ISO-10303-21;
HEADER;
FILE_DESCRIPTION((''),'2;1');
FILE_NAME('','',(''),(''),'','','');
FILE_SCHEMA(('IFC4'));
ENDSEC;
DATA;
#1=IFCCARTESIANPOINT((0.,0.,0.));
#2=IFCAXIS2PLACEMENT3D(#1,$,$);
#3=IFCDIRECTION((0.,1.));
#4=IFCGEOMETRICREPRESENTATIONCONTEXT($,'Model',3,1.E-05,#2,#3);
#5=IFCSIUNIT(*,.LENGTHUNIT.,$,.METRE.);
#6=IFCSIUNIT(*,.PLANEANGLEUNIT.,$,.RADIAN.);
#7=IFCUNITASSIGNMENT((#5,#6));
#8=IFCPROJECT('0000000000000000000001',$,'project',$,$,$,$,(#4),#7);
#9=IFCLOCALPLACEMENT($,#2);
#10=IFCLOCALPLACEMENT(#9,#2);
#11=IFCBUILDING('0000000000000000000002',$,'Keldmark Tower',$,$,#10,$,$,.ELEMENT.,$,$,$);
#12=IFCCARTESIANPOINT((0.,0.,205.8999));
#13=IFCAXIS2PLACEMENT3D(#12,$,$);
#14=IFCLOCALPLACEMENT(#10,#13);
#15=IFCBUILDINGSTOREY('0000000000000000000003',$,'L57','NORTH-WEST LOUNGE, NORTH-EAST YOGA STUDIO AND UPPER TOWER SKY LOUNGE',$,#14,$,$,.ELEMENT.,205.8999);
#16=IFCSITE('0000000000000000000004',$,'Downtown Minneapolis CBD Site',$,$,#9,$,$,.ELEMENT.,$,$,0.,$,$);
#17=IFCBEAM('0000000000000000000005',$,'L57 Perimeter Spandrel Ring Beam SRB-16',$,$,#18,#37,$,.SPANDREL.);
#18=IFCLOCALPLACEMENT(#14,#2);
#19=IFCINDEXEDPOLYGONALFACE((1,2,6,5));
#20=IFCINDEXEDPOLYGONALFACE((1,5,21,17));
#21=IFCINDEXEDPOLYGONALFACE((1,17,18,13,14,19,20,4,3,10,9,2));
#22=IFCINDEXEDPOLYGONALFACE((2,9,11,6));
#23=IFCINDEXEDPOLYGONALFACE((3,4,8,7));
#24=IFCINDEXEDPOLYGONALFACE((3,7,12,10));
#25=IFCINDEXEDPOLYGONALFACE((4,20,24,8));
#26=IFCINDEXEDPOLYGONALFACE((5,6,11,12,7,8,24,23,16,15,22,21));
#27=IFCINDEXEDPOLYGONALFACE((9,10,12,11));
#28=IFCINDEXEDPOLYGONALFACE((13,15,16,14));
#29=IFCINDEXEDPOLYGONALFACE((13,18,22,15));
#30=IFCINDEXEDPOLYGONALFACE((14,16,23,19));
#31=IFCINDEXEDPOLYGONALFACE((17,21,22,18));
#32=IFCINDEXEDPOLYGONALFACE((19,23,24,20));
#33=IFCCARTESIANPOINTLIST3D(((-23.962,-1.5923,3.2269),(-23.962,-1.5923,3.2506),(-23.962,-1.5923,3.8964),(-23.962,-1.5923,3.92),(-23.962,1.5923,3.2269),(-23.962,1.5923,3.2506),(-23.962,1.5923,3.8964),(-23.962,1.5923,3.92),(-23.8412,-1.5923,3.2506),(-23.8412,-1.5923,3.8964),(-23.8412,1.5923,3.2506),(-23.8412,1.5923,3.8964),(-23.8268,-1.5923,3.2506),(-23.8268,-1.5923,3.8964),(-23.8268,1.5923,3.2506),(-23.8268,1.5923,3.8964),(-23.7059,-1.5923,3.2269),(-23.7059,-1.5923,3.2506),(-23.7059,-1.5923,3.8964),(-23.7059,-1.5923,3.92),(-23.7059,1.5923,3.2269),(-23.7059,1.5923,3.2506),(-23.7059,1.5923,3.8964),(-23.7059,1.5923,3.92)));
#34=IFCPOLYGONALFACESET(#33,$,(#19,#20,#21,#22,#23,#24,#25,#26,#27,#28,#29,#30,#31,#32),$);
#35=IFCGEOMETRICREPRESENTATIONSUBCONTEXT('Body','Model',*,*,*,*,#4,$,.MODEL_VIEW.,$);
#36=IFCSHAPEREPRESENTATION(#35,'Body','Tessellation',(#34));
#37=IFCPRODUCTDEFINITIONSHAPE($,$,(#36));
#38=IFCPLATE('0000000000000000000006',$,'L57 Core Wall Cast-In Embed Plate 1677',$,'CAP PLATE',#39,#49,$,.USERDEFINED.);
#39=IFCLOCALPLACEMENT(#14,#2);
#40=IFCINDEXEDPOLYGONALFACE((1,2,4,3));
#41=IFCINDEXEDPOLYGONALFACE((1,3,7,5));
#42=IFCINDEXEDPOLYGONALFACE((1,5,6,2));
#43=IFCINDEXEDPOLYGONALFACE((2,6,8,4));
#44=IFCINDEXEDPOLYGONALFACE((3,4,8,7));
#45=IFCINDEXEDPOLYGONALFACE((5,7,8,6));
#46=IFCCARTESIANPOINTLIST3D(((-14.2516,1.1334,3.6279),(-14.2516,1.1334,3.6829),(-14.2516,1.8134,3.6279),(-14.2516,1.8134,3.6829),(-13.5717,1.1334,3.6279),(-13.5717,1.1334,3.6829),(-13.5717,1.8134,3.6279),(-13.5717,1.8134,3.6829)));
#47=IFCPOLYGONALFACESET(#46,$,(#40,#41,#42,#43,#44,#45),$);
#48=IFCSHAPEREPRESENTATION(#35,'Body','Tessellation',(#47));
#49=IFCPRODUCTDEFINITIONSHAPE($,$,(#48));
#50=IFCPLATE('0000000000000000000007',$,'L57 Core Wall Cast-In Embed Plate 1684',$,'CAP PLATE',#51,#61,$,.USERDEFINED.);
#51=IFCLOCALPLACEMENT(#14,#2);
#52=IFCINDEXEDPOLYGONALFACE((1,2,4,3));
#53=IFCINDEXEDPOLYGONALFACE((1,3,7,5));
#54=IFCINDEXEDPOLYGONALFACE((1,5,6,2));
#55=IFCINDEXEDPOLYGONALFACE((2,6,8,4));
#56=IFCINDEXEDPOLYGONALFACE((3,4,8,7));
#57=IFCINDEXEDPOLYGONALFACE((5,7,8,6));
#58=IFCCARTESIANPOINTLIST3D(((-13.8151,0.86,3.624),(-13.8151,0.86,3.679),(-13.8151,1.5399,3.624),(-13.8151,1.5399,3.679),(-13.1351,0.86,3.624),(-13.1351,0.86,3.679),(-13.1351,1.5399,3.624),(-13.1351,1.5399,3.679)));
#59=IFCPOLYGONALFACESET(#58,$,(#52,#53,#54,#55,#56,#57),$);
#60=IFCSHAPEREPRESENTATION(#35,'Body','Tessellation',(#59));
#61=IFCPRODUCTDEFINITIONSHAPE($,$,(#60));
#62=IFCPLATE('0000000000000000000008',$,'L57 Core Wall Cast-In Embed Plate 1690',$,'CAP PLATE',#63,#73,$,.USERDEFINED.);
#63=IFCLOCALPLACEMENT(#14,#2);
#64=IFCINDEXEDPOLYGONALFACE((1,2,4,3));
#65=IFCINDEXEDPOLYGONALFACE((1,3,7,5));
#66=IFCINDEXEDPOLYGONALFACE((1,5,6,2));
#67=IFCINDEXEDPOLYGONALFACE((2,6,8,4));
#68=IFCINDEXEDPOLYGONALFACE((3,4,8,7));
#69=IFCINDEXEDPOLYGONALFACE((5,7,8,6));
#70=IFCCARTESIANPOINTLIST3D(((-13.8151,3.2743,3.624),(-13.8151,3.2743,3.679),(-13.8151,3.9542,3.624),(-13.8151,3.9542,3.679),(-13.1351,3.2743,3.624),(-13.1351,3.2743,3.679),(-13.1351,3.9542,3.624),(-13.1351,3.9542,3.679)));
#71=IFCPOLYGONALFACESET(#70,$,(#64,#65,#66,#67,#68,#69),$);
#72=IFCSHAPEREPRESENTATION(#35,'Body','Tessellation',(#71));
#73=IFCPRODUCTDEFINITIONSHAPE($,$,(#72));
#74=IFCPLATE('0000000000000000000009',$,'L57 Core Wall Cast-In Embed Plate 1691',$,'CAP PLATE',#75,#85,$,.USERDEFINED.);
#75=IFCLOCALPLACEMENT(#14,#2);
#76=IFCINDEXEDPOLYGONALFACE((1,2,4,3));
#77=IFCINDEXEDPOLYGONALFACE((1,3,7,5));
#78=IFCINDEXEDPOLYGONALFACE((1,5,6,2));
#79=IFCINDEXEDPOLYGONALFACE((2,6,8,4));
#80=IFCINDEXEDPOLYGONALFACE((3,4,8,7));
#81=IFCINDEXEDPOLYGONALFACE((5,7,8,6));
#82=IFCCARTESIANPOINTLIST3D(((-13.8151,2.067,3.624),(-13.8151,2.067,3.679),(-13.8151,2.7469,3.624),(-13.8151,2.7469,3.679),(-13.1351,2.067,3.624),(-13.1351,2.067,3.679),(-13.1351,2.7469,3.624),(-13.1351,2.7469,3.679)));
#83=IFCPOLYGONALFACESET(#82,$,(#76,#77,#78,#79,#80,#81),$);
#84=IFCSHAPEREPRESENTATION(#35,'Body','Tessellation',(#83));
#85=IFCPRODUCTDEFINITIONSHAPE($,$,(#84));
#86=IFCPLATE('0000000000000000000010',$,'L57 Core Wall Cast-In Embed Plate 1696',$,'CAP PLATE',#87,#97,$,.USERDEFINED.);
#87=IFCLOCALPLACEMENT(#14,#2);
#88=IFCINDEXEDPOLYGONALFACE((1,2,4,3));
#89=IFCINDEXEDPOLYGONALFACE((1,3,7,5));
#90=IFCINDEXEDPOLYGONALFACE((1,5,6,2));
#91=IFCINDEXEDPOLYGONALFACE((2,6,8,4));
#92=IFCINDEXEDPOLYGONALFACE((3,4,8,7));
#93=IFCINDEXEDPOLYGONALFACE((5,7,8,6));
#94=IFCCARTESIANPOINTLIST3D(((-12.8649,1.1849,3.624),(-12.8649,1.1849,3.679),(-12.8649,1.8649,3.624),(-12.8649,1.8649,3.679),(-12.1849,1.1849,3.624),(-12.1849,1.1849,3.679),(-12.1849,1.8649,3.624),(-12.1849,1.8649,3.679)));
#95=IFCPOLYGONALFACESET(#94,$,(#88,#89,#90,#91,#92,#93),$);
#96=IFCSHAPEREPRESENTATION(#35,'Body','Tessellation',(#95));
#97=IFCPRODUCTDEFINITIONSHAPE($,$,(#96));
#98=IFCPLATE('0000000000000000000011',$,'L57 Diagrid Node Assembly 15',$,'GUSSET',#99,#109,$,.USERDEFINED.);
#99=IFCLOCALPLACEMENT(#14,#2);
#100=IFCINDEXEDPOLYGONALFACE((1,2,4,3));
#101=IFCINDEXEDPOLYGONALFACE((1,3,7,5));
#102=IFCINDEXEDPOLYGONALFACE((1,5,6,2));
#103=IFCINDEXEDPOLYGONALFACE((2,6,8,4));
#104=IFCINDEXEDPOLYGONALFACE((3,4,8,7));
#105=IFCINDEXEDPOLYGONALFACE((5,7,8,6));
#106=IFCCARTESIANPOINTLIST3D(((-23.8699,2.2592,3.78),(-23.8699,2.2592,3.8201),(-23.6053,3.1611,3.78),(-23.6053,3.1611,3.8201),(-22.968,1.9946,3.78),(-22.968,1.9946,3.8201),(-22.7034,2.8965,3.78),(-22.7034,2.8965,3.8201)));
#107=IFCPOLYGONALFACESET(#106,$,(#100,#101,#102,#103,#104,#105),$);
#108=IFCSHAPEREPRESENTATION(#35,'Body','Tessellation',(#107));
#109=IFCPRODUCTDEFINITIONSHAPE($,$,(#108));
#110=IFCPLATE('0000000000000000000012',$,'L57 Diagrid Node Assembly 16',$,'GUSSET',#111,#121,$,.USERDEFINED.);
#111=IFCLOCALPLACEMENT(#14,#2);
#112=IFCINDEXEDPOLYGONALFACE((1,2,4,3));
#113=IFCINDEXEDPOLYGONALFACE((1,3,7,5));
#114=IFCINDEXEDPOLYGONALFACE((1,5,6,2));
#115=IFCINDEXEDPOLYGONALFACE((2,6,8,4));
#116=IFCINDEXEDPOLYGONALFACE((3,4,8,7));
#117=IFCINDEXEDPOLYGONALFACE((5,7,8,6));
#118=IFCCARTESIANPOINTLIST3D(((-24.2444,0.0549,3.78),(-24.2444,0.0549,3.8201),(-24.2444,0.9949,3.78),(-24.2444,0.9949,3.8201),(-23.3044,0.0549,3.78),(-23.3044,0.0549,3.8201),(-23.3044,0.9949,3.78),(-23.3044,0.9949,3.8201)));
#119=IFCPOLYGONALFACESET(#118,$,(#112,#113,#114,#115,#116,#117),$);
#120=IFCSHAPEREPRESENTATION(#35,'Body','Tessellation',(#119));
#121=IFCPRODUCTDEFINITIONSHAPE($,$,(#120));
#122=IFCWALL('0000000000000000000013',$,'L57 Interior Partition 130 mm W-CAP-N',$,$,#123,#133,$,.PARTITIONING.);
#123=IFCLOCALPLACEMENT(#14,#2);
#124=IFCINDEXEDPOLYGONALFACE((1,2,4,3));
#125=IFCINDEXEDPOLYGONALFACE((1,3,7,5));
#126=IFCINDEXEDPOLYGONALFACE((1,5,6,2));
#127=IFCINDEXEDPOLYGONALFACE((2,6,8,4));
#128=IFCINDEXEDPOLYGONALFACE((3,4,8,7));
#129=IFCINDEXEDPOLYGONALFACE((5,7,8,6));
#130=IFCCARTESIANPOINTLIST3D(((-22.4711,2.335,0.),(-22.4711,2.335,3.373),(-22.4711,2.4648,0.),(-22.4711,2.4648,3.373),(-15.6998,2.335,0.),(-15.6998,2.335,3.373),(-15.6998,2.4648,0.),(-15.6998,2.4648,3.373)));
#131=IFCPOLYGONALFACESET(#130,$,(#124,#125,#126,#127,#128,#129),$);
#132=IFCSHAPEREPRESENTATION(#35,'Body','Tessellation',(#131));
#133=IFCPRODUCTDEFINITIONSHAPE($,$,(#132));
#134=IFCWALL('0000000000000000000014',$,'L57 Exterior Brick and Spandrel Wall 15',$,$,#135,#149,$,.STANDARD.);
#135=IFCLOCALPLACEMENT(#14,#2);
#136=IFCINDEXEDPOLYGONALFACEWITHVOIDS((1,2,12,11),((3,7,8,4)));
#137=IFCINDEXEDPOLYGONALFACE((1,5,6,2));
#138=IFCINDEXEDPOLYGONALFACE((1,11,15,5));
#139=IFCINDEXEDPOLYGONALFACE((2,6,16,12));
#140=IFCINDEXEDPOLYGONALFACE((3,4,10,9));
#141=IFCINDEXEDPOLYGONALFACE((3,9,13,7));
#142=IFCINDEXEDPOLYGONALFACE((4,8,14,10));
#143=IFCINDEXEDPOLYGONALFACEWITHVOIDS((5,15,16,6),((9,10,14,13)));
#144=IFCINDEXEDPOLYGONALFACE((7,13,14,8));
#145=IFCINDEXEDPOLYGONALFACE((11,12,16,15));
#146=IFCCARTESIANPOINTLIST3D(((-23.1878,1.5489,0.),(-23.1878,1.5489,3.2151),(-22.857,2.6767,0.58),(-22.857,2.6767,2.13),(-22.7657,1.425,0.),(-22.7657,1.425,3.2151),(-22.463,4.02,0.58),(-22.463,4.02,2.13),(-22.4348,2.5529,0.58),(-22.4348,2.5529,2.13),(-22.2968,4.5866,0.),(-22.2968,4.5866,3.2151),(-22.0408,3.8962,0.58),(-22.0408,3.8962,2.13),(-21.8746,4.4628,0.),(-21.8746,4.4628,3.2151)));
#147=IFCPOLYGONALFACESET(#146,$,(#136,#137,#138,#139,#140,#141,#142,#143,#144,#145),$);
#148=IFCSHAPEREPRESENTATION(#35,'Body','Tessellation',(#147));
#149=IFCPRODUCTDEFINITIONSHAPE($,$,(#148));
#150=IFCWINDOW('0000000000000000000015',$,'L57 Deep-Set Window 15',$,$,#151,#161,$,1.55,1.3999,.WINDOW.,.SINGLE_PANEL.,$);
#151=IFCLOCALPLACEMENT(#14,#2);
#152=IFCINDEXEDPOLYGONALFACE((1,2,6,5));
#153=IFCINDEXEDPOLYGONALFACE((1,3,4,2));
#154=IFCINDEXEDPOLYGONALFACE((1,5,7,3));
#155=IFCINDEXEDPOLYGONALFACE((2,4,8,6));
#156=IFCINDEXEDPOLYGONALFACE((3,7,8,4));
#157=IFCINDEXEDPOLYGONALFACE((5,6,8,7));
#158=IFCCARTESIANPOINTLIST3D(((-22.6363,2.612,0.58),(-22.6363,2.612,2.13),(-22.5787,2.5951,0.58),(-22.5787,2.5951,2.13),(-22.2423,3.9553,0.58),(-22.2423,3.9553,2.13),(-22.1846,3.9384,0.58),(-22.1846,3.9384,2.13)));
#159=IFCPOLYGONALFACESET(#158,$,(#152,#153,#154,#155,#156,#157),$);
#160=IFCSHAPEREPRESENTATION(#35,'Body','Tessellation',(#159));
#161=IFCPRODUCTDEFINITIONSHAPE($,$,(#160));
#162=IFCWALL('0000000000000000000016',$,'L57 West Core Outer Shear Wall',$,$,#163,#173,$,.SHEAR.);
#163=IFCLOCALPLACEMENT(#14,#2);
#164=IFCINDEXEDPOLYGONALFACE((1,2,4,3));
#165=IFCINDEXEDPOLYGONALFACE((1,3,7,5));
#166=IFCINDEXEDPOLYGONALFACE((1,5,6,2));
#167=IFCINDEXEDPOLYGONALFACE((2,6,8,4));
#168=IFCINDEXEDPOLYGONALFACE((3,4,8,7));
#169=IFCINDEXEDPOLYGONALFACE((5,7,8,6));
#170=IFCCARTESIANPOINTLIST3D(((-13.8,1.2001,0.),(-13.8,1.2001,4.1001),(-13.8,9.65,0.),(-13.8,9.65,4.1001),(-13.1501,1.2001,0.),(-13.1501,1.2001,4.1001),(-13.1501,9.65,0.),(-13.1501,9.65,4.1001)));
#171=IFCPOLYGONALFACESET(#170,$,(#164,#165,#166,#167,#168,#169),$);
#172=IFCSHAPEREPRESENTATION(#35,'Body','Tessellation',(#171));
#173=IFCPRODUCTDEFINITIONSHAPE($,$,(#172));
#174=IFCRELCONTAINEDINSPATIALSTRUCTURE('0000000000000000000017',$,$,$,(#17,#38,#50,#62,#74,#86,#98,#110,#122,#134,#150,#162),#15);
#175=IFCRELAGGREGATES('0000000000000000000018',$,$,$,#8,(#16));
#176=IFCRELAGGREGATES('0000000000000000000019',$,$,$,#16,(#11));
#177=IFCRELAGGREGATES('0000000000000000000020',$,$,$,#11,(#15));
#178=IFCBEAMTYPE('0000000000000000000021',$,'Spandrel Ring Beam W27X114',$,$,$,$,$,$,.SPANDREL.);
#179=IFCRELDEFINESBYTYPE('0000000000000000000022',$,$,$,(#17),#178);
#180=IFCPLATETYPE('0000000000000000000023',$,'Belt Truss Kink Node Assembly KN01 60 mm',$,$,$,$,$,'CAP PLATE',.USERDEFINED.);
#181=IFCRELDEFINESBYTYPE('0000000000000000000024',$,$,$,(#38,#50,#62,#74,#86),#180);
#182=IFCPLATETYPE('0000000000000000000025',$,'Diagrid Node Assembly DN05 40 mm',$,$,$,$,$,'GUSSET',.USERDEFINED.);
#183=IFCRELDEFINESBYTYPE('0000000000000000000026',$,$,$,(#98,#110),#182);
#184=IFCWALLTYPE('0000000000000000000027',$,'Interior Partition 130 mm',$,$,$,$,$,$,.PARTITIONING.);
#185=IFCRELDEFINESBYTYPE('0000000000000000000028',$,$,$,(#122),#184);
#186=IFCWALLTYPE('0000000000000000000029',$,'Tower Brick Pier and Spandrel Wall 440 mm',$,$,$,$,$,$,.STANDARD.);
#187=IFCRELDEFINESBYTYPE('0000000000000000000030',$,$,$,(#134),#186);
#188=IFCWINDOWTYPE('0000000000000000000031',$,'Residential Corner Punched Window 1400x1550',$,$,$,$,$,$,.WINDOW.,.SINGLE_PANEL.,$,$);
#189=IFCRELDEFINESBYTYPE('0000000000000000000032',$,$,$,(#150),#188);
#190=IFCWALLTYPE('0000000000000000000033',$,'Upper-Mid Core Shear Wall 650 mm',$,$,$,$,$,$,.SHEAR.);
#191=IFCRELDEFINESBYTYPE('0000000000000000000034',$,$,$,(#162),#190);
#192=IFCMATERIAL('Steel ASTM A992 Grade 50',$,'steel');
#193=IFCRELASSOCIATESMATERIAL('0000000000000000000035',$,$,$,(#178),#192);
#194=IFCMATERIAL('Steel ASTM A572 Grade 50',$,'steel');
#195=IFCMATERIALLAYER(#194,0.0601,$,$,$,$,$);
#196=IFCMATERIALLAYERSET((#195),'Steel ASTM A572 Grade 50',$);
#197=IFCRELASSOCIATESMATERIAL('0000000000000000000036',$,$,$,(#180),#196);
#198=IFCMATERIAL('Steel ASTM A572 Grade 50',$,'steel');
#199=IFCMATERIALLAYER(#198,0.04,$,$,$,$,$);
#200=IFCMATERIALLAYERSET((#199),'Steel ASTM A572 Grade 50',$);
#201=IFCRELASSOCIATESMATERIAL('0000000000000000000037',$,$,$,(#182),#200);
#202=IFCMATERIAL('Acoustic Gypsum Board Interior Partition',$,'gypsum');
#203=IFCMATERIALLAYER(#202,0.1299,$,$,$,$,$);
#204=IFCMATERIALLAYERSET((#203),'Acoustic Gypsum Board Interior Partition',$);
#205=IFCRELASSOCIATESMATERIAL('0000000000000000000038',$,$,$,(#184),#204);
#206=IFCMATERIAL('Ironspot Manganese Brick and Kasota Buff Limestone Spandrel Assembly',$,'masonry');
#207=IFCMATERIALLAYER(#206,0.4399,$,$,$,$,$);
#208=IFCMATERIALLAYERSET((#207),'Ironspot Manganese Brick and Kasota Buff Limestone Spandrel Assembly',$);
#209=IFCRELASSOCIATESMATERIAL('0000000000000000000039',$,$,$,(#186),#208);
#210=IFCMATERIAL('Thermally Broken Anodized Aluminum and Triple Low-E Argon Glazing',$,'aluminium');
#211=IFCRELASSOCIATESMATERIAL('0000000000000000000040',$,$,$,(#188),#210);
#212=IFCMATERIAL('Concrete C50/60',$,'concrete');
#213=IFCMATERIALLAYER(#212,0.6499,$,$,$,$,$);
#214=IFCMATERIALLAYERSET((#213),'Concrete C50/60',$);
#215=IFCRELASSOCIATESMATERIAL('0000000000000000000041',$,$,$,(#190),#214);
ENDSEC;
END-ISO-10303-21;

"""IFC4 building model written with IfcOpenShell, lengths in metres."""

from ifc_helpers import new_model, si_unit, direction, frame, frame_2d, origin, origin_2d, place, context, subcontext, project, spatial, rectangle, i_section, extrude, material, layer, layer_set, material_profile, profile_set, type_object, element, fill, save


model = new_model("IFC4")

# Units and contexts
model_context = context("Model", 3, precision=1e-05, world=origin(), true_north=direction((0.0, 1.0)))
body_context = subcontext(model_context, "Body", "Model", "MODEL_VIEW")
ifc_project = project(units=[si_unit("LENGTHUNIT", "METRE"), si_unit("PLANEANGLEUNIT", "RADIAN")], contexts=[model_context])

# Site, building, storey
site_placement = place(None, origin())
site = spatial("IfcSite", under=ifc_project, at=site_placement, Name="Downtown Minneapolis CBD Site", CompositionType="ELEMENT", RefElevation=0.0)
building_placement = place(site_placement, origin())
building = spatial("IfcBuilding", under=site, at=building_placement, Name="Keldmark Tower", CompositionType="ELEMENT")
storey_placement = place(building_placement, frame((0.0, 0.0, 205.8999)))
storey = spatial("IfcBuildingStorey", under=building, at=storey_placement, Name="L57", Description="NORTH-WEST LOUNGE, NORTH-EAST YOGA STUDIO AND UPPER TOWER SKY LOUNGE", CompositionType="ELEMENT", Elevation=205.8999)

# Beam
ifc_material_1 = material(Name="Steel ASTM A992 Grade 50", Category="steel")
ifc_material_profile_1 = material_profile(ifc_material_1, i_section(OverallWidth=0.2561, OverallDepth=0.6931, WebThickness=0.0144, FlangeThickness=0.0237, at=origin_2d()), Name="W27X114")
ifc_profile_set_1 = profile_set([ifc_material_profile_1], Name="Steel ASTM A992 Grade 50")
beam_type_1 = type_object("IfcBeamType", Name="Spandrel Ring Beam W27X114", PredefinedType="SPANDREL", material=ifc_profile_set_1)
beam_1_placement = place(storey_placement, frame((-23.834, 1.5923, 3.5735), z_axis=(0.0, -1.0, 0.0), x_axis=(1.0, 0.0, 0.0)))
element("IfcBeam", 1, at=beam_1_placement, inside=storey, type_object=beam_type_1, Name="L57 Perimeter Spandrel Ring Beam SRB-16", PredefinedType="SPANDREL", context=body_context, shape_type="SweptSolid", body=[
    extrude(i_section(OverallWidth=0.2561, OverallDepth=0.6931, WebThickness=0.0144, FlangeThickness=0.0237, at=origin_2d()), origin(), (0.0, 0.0, 1.0), 3.1846),
])

# Plates
ifc_material_2 = material(Name="Steel ASTM A572 Grade 50", Category="steel")
ifc_layer_1 = layer(ifc_material_2, 0.0601)
ifc_layer_set_1 = layer_set([ifc_layer_1], Name="Steel ASTM A572 Grade 50")
plate_type_1 = type_object("IfcPlateType", Name="Belt Truss Kink Node Assembly KN01 60 mm", ElementType="CAP PLATE", PredefinedType="USERDEFINED", material=ifc_layer_set_1)
for number, where, z_axis, x_axis, name in (
    (2, (-13.9116, 1.4734, 3.6279), (0.0, 0.0, 1.0), (1.0, 0.0, 0.0), "L57 Core Wall Cast-In Embed Plate 1677"),
    (3, (-13.4751, 1.2, 3.624), (0.0, 0.0, 1.0), (1.0, 0.0, 0.0), "L57 Core Wall Cast-In Embed Plate 1684"),
    (4, (-13.4751, 3.6143, 3.624), (0.0, 0.0, 1.0), (1.0, 0.0, 0.0), "L57 Core Wall Cast-In Embed Plate 1690"),
    (5, (-13.4751, 2.407, 3.624), (0.0, 0.0, 1.0), (1.0, 0.0, 0.0), "L57 Core Wall Cast-In Embed Plate 1691"),
    (6, (-12.5249, 1.5249, 3.624), (0.0, 0.0, 1.0), (1.0, 0.0, 0.0), "L57 Core Wall Cast-In Embed Plate 1696"),
):
    element("IfcPlate", number, at=place(storey_placement, frame(where, z_axis=z_axis, x_axis=x_axis)), inside=storey, type_object=plate_type_1, Name=name, ObjectType="CAP PLATE", PredefinedType="USERDEFINED", context=body_context, shape_type="SweptSolid", body=[
        extrude(rectangle(XDim=0.6799, YDim=0.6799, at=origin_2d()), origin(), (0.0, 0.0, 1.0), 0.0549),
    ])
ifc_material_3 = material(Name="Steel ASTM A572 Grade 50", Category="steel")
ifc_layer_2 = layer(ifc_material_3, 0.04)
ifc_layer_set_2 = layer_set([ifc_layer_2], Name="Steel ASTM A572 Grade 50")
plate_type_2 = type_object("IfcPlateType", Name="Diagrid Node Assembly DN05 40 mm", ElementType="GUSSET", PredefinedType="USERDEFINED", material=ifc_layer_set_2)
for number, where, z_axis, x_axis, name in (
    (7, (-23.2866, 2.5779, 3.78), (0.0, 0.0, 1.0), (-0.281504, -0.95956, 0.0), "L57 Diagrid Node Assembly 15"),
    (8, (-23.7744, 0.5249, 3.78), (0.0, 0.0, 1.0), (0.0, -1.0, 0.0), "L57 Diagrid Node Assembly 16"),
):
    element("IfcPlate", number, at=place(storey_placement, frame(where, z_axis=z_axis, x_axis=x_axis)), inside=storey, type_object=plate_type_2, Name=name, ObjectType="GUSSET", PredefinedType="USERDEFINED", context=body_context, shape_type="SweptSolid", body=[
        extrude(rectangle(XDim=0.9399, YDim=0.9399, at=origin_2d()), origin(), (0.0, 0.0, 1.0), 0.04),
    ])

# Wall
ifc_material_4 = material(Name="Acoustic Gypsum Board Interior Partition", Category="gypsum")
ifc_layer_3 = layer(ifc_material_4, 0.1299)
ifc_layer_set_3 = layer_set([ifc_layer_3], Name="Acoustic Gypsum Board Interior Partition")
wall_type_1 = type_object("IfcWallType", Name="Interior Partition 130 mm", PredefinedType="PARTITIONING", material=ifc_layer_set_3)
wall_1_placement = place(storey_placement, frame((-22.4712, 2.3999, 0.0), z_axis=(0.0, 0.0, 1.0), x_axis=(1.0, 0.0, 0.0)))
element("IfcWall", 9, at=wall_1_placement, inside=storey, type_object=wall_type_1, Name="L57 Interior Partition 130 mm W-CAP-N", PredefinedType="PARTITIONING", context=body_context, shape_type="SweptSolid", body=[
    extrude(rectangle(XDim=6.7712, YDim=0.1299, at=frame_2d((3.3857, 0.0))), origin(), (0.0, 0.0, 1.0), 3.373),
])

# Wall, opening, window
ifc_material_5 = material(Name="Ironspot Manganese Brick and Kasota Buff Limestone Spandrel Assembly", Category="masonry")
ifc_layer_4 = layer(ifc_material_5, 0.4399)
ifc_layer_set_4 = layer_set([ifc_layer_4], Name="Ironspot Manganese Brick and Kasota Buff Limestone Spandrel Assembly")
wall_type_2 = type_object("IfcWallType", Name="Tower Brick Pier and Spandrel Wall 440 mm", PredefinedType="STANDARD", material=ifc_layer_set_4)
wall_2_placement = place(storey_placement, frame((-22.9768, 1.4868, 0.0), z_axis=(0.0, 0.0, 1.0), x_axis=(0.281477, 0.959568, 0.0)))
wall_2 = element("IfcWall", 10, at=wall_2_placement, inside=storey, type_object=wall_type_2, Name="L57 Exterior Brick and Spandrel Wall 15", PredefinedType="STANDARD", context=body_context, shape_type="SweptSolid", body=[
    extrude(rectangle(XDim=3.1658, YDim=0.4399, at=frame_2d((1.583, 0.0))), origin(), (0.0, 0.0, 1.0), 3.2151),
])
opening_1_placement = place(wall_2_placement, frame((1.1755, 0.0, 0.5801)))
opening_1 = element("IfcOpeningElement", 11, at=opening_1_placement, cuts=wall_2, PredefinedType="OPENING", context=body_context, shape_type="SweptSolid", body=[
    extrude(rectangle(XDim=1.3999, YDim=1.55, at=frame_2d((0.7, 0.7749))), frame((0.0, 0.23, 0.0), z_axis=(0.0, -1.0, 0.0), x_axis=(1.0, 0.0, 0.0)), (0.0, 0.0, 1.0), 0.46),
])
ifc_material_6 = material(Name="Thermally Broken Anodized Aluminum and Triple Low-E Argon Glazing", Category="aluminium")
window_type = type_object("IfcWindowType", Name="Residential Corner Punched Window 1400x1550", PartitioningType="SINGLE_PANEL", PredefinedType="WINDOW", material=ifc_material_6)
window_placement = place(opening_1_placement, origin())
window = element("IfcWindow", 12, at=window_placement, inside=storey, type_object=window_type, Name="L57 Deep-Set Window 15", OverallHeight=1.55, OverallWidth=1.3999, PartitioningType="SINGLE_PANEL", PredefinedType="WINDOW", context=body_context, shape_type="SweptSolid", body=[
    extrude(rectangle(XDim=1.3999, YDim=1.55, at=frame_2d((0.7, 0.7749))), frame((0.0, -0.01, 0.0), z_axis=(0.0, -1.0, 0.0), x_axis=(1.0, 0.0, 0.0)), (0.0, 0.0, 1.0), 0.0601),
])
fill(opening_1, window)

# Wall
ifc_material_7 = material(Name="Concrete C50/60", Category="concrete")
ifc_layer_5 = layer(ifc_material_7, 0.6499)
ifc_layer_set_5 = layer_set([ifc_layer_5], Name="Concrete C50/60")
wall_type_3 = type_object("IfcWallType", Name="Upper-Mid Core Shear Wall 650 mm", PredefinedType="SHEAR", material=ifc_layer_set_5)
wall_3_placement = place(storey_placement, frame((-13.4751, 1.2, 0.0), z_axis=(0.0, 0.0, 1.0), x_axis=(0.0, 1.0, 0.0)))
element("IfcWall", 13, at=wall_3_placement, inside=storey, type_object=wall_type_3, Name="L57 West Core Outer Shear Wall", PredefinedType="SHEAR", context=body_context, shape_type="SweptSolid", body=[
    extrude(rectangle(XDim=8.45, YDim=0.6499, at=frame_2d((4.2251, 0.0))), origin(), (0.0, 0.0, 1.0), 4.1001),
])

save(model, "model.ifc")
